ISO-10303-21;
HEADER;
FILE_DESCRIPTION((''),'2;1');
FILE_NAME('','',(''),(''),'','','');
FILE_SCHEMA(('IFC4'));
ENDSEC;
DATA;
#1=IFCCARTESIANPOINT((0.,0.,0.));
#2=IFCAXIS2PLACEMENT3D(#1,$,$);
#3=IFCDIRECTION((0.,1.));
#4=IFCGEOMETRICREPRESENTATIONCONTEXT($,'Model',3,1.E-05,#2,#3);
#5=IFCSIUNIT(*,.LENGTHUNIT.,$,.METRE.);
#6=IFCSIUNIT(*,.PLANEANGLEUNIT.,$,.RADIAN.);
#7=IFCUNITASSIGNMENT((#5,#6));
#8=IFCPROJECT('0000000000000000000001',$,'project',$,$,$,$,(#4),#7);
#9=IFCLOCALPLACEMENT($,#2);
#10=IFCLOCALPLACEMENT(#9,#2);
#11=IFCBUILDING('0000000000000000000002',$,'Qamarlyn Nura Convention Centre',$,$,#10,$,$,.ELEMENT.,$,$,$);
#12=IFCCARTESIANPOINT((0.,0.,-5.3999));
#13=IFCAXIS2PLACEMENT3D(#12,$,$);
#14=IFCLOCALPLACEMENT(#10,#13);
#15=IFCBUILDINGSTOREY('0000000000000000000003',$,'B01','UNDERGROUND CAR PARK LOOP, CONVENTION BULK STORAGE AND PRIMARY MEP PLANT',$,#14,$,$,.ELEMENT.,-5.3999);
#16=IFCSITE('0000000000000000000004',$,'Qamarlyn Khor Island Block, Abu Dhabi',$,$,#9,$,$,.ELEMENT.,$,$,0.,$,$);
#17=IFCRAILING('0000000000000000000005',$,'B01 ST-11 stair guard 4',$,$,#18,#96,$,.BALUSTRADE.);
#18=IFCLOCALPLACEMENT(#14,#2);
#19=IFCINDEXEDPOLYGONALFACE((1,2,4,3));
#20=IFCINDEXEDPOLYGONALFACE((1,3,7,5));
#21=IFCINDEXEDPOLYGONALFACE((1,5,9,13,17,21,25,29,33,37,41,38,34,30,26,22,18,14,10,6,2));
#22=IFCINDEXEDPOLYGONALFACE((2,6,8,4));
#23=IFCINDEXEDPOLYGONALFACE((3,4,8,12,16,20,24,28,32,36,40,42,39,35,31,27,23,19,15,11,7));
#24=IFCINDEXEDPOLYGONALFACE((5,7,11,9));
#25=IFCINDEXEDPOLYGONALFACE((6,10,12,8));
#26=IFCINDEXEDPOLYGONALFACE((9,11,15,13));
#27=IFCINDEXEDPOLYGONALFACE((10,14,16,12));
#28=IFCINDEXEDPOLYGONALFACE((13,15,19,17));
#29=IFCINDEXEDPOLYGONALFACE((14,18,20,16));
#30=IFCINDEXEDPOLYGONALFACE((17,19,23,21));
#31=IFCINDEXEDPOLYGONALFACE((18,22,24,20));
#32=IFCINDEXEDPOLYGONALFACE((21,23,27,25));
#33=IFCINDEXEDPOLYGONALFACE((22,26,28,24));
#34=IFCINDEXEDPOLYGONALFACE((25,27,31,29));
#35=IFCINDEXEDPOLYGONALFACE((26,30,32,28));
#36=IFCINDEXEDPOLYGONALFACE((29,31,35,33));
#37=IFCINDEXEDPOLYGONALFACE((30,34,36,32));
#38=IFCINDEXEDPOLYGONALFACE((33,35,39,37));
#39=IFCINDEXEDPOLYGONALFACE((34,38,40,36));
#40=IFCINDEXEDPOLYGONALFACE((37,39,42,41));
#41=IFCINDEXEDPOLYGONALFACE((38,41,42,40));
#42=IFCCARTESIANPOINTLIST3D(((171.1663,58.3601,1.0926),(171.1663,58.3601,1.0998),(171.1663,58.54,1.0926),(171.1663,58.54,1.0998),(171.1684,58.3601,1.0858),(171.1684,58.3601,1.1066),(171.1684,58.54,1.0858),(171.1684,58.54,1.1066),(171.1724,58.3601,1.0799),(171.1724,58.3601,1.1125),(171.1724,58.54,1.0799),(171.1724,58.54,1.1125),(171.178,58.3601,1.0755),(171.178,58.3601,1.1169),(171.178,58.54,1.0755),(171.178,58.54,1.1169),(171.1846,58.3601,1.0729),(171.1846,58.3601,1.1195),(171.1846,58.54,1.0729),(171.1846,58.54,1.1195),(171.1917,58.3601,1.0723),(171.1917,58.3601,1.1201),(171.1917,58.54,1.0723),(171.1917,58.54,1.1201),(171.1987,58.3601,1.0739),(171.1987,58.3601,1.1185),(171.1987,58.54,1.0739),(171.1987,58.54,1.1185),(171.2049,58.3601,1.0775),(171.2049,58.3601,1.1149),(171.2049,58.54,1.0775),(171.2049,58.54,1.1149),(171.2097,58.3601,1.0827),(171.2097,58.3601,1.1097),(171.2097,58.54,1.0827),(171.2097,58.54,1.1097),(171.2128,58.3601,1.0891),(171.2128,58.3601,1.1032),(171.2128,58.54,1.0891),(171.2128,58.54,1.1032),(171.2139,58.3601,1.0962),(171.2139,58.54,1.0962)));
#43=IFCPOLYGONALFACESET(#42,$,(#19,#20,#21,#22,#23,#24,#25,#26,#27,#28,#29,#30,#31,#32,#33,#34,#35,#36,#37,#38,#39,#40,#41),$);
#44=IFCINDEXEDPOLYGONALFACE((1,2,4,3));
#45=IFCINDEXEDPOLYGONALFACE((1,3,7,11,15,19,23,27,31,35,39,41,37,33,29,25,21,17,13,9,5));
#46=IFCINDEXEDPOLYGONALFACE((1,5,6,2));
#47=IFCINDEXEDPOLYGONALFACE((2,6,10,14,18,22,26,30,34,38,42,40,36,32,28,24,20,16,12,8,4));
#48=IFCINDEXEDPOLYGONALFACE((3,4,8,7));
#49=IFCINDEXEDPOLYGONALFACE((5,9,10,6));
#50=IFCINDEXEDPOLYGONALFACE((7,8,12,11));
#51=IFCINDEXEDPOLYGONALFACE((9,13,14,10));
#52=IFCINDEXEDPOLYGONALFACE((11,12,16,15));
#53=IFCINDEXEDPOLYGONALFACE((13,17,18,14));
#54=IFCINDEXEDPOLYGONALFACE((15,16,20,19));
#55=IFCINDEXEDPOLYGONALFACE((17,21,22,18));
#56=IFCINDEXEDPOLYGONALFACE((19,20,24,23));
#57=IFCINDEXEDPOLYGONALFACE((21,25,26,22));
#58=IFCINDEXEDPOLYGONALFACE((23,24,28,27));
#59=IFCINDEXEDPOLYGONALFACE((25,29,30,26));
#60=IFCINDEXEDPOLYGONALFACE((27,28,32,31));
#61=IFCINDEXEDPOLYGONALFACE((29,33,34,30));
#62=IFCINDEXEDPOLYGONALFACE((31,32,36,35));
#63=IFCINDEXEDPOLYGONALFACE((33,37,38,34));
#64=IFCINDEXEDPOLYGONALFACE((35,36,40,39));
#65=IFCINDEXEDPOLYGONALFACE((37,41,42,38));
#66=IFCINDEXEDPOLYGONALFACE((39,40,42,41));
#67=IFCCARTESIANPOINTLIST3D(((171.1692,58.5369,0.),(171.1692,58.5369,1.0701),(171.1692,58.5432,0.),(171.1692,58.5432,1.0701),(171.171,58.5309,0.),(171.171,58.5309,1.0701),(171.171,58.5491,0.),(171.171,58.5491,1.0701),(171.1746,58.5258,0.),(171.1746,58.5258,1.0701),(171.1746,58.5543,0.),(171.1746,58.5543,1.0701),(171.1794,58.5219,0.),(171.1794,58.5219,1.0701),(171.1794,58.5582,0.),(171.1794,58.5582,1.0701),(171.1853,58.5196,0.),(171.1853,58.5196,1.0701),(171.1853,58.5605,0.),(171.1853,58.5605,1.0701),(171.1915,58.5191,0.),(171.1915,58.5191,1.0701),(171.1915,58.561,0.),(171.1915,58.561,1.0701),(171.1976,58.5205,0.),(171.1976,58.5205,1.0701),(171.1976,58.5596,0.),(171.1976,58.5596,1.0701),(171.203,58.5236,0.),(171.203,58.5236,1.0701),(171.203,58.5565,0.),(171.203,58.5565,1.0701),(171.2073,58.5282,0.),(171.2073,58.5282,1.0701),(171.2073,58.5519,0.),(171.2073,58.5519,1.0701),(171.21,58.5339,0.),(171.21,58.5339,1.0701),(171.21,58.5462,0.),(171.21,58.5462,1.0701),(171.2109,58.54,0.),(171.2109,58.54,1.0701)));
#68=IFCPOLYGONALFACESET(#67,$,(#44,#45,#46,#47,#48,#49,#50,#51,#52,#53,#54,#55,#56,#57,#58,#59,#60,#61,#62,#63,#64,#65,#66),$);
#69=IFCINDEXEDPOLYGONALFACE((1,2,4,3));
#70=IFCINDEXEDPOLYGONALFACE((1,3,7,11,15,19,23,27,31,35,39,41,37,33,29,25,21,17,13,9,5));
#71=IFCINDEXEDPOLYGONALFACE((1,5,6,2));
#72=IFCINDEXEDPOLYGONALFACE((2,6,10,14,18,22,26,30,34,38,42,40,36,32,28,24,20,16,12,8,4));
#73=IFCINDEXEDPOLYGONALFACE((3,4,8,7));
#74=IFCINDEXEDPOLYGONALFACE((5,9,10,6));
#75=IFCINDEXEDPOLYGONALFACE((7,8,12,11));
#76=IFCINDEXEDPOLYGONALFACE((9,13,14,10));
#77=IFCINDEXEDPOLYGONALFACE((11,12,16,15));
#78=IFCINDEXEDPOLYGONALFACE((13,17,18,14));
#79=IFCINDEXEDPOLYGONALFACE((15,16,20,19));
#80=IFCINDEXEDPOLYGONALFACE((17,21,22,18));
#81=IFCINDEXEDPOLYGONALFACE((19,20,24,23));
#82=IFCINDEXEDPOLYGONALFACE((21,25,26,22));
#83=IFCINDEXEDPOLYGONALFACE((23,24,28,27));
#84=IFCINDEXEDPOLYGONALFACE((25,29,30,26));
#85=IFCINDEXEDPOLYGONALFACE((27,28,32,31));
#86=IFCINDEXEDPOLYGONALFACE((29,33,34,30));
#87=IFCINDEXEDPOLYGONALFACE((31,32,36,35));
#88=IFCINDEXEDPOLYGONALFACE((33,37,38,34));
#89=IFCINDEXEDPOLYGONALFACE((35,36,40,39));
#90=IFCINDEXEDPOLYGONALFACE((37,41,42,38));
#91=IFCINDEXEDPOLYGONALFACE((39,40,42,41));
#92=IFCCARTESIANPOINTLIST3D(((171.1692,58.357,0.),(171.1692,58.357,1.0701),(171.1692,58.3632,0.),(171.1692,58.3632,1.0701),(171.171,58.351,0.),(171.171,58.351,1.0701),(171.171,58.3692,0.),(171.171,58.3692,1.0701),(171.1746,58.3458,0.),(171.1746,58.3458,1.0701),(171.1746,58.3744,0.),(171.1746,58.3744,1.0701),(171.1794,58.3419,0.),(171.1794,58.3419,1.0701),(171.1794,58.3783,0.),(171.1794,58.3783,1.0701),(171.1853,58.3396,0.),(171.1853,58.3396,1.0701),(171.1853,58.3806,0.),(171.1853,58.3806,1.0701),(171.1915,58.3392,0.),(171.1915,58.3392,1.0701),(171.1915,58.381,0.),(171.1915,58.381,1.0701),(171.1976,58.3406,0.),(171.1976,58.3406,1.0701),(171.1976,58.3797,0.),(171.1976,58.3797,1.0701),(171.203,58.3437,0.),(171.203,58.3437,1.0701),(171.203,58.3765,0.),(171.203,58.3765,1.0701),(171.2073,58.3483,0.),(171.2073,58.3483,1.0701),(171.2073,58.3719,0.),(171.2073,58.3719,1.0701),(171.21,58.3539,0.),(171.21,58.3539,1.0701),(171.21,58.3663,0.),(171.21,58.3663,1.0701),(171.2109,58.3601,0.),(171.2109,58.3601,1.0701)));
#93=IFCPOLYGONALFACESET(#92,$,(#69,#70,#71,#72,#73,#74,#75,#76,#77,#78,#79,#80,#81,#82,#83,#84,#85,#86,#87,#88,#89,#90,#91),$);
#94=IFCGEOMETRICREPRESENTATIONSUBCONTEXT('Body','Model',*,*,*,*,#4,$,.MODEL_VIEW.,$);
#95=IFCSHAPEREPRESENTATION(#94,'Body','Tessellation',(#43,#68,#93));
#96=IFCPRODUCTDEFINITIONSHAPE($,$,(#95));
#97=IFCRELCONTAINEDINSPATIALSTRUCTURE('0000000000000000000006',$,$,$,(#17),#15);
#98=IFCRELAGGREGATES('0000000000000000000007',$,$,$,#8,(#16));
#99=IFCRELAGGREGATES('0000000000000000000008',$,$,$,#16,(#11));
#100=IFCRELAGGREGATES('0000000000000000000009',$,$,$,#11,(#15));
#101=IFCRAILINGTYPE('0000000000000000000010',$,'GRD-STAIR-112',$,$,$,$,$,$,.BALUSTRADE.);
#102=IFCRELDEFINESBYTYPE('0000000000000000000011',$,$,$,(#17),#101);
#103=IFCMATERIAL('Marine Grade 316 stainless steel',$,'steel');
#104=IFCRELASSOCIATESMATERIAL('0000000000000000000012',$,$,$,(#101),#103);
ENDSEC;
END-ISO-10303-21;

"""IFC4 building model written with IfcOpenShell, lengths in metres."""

from ifc_helpers import new_model, si_unit, direction, frame, origin, origin_2d, place, context, subcontext, project, spatial, circle, extrude, material, type_object, element, save


model = new_model("IFC4")

# Units and contexts
model_context = context("Model", 3, precision=1e-05, world=origin(), true_north=direction((0.0, 1.0)))
body_context = subcontext(model_context, "Body", "Model", "MODEL_VIEW")
ifc_project = project(units=[si_unit("LENGTHUNIT", "METRE"), si_unit("PLANEANGLEUNIT", "RADIAN")], contexts=[model_context])

# Site, building, storey
site_placement = place(None, origin())
site = spatial("IfcSite", under=ifc_project, at=site_placement, Name="Qamarlyn Khor Island Block, Abu Dhabi", CompositionType="ELEMENT", RefElevation=0.0)
building_placement = place(site_placement, origin())
building = spatial("IfcBuilding", under=site, at=building_placement, Name="Qamarlyn Nura Convention Centre", CompositionType="ELEMENT")
storey_placement = place(building_placement, frame((0.0, 0.0, -5.3999)))
storey = spatial("IfcBuildingStorey", under=building, at=storey_placement, Name="B01", Description="UNDERGROUND CAR PARK LOOP, CONVENTION BULK STORAGE AND PRIMARY MEP PLANT", CompositionType="ELEMENT", Elevation=-5.3999)

# Shared definitions
ifc_material_1 = material(Name="Marine Grade 316 stainless steel", Category="steel")

# Railing
railing_type_1 = type_object("IfcRailingType", Name="GRD-STAIR-112", PredefinedType="BALUSTRADE", material=ifc_material_1)
railing_1_placement = place(storey_placement, frame((171.1899, 58.54, 0.0)))
element("IfcRailing", 1, at=railing_1_placement, inside=storey, type_object=railing_type_1, Name="B01 ST-11 stair guard 4", PredefinedType="BALUSTRADE", context=body_context, shape_type="SweptSolid", body=[
    extrude(circle(Radius=0.0239, at=origin_2d()), frame((0.0, 0.0, 1.0962), z_axis=(0.0, -1.0, 0.0), x_axis=(1.0, 0.0, 0.0)), (0.0, 0.0, 1.0), 0.1799),
    extrude(circle(Radius=0.021, at=origin_2d()), origin(), (0.0, 0.0, 1.0), 1.0701),
    extrude(circle(Radius=0.021, at=origin_2d()), frame((0.0, -0.1799, 0.0)), (0.0, 0.0, 1.0), 1.0701),
])

save(model, "model.ifc")
